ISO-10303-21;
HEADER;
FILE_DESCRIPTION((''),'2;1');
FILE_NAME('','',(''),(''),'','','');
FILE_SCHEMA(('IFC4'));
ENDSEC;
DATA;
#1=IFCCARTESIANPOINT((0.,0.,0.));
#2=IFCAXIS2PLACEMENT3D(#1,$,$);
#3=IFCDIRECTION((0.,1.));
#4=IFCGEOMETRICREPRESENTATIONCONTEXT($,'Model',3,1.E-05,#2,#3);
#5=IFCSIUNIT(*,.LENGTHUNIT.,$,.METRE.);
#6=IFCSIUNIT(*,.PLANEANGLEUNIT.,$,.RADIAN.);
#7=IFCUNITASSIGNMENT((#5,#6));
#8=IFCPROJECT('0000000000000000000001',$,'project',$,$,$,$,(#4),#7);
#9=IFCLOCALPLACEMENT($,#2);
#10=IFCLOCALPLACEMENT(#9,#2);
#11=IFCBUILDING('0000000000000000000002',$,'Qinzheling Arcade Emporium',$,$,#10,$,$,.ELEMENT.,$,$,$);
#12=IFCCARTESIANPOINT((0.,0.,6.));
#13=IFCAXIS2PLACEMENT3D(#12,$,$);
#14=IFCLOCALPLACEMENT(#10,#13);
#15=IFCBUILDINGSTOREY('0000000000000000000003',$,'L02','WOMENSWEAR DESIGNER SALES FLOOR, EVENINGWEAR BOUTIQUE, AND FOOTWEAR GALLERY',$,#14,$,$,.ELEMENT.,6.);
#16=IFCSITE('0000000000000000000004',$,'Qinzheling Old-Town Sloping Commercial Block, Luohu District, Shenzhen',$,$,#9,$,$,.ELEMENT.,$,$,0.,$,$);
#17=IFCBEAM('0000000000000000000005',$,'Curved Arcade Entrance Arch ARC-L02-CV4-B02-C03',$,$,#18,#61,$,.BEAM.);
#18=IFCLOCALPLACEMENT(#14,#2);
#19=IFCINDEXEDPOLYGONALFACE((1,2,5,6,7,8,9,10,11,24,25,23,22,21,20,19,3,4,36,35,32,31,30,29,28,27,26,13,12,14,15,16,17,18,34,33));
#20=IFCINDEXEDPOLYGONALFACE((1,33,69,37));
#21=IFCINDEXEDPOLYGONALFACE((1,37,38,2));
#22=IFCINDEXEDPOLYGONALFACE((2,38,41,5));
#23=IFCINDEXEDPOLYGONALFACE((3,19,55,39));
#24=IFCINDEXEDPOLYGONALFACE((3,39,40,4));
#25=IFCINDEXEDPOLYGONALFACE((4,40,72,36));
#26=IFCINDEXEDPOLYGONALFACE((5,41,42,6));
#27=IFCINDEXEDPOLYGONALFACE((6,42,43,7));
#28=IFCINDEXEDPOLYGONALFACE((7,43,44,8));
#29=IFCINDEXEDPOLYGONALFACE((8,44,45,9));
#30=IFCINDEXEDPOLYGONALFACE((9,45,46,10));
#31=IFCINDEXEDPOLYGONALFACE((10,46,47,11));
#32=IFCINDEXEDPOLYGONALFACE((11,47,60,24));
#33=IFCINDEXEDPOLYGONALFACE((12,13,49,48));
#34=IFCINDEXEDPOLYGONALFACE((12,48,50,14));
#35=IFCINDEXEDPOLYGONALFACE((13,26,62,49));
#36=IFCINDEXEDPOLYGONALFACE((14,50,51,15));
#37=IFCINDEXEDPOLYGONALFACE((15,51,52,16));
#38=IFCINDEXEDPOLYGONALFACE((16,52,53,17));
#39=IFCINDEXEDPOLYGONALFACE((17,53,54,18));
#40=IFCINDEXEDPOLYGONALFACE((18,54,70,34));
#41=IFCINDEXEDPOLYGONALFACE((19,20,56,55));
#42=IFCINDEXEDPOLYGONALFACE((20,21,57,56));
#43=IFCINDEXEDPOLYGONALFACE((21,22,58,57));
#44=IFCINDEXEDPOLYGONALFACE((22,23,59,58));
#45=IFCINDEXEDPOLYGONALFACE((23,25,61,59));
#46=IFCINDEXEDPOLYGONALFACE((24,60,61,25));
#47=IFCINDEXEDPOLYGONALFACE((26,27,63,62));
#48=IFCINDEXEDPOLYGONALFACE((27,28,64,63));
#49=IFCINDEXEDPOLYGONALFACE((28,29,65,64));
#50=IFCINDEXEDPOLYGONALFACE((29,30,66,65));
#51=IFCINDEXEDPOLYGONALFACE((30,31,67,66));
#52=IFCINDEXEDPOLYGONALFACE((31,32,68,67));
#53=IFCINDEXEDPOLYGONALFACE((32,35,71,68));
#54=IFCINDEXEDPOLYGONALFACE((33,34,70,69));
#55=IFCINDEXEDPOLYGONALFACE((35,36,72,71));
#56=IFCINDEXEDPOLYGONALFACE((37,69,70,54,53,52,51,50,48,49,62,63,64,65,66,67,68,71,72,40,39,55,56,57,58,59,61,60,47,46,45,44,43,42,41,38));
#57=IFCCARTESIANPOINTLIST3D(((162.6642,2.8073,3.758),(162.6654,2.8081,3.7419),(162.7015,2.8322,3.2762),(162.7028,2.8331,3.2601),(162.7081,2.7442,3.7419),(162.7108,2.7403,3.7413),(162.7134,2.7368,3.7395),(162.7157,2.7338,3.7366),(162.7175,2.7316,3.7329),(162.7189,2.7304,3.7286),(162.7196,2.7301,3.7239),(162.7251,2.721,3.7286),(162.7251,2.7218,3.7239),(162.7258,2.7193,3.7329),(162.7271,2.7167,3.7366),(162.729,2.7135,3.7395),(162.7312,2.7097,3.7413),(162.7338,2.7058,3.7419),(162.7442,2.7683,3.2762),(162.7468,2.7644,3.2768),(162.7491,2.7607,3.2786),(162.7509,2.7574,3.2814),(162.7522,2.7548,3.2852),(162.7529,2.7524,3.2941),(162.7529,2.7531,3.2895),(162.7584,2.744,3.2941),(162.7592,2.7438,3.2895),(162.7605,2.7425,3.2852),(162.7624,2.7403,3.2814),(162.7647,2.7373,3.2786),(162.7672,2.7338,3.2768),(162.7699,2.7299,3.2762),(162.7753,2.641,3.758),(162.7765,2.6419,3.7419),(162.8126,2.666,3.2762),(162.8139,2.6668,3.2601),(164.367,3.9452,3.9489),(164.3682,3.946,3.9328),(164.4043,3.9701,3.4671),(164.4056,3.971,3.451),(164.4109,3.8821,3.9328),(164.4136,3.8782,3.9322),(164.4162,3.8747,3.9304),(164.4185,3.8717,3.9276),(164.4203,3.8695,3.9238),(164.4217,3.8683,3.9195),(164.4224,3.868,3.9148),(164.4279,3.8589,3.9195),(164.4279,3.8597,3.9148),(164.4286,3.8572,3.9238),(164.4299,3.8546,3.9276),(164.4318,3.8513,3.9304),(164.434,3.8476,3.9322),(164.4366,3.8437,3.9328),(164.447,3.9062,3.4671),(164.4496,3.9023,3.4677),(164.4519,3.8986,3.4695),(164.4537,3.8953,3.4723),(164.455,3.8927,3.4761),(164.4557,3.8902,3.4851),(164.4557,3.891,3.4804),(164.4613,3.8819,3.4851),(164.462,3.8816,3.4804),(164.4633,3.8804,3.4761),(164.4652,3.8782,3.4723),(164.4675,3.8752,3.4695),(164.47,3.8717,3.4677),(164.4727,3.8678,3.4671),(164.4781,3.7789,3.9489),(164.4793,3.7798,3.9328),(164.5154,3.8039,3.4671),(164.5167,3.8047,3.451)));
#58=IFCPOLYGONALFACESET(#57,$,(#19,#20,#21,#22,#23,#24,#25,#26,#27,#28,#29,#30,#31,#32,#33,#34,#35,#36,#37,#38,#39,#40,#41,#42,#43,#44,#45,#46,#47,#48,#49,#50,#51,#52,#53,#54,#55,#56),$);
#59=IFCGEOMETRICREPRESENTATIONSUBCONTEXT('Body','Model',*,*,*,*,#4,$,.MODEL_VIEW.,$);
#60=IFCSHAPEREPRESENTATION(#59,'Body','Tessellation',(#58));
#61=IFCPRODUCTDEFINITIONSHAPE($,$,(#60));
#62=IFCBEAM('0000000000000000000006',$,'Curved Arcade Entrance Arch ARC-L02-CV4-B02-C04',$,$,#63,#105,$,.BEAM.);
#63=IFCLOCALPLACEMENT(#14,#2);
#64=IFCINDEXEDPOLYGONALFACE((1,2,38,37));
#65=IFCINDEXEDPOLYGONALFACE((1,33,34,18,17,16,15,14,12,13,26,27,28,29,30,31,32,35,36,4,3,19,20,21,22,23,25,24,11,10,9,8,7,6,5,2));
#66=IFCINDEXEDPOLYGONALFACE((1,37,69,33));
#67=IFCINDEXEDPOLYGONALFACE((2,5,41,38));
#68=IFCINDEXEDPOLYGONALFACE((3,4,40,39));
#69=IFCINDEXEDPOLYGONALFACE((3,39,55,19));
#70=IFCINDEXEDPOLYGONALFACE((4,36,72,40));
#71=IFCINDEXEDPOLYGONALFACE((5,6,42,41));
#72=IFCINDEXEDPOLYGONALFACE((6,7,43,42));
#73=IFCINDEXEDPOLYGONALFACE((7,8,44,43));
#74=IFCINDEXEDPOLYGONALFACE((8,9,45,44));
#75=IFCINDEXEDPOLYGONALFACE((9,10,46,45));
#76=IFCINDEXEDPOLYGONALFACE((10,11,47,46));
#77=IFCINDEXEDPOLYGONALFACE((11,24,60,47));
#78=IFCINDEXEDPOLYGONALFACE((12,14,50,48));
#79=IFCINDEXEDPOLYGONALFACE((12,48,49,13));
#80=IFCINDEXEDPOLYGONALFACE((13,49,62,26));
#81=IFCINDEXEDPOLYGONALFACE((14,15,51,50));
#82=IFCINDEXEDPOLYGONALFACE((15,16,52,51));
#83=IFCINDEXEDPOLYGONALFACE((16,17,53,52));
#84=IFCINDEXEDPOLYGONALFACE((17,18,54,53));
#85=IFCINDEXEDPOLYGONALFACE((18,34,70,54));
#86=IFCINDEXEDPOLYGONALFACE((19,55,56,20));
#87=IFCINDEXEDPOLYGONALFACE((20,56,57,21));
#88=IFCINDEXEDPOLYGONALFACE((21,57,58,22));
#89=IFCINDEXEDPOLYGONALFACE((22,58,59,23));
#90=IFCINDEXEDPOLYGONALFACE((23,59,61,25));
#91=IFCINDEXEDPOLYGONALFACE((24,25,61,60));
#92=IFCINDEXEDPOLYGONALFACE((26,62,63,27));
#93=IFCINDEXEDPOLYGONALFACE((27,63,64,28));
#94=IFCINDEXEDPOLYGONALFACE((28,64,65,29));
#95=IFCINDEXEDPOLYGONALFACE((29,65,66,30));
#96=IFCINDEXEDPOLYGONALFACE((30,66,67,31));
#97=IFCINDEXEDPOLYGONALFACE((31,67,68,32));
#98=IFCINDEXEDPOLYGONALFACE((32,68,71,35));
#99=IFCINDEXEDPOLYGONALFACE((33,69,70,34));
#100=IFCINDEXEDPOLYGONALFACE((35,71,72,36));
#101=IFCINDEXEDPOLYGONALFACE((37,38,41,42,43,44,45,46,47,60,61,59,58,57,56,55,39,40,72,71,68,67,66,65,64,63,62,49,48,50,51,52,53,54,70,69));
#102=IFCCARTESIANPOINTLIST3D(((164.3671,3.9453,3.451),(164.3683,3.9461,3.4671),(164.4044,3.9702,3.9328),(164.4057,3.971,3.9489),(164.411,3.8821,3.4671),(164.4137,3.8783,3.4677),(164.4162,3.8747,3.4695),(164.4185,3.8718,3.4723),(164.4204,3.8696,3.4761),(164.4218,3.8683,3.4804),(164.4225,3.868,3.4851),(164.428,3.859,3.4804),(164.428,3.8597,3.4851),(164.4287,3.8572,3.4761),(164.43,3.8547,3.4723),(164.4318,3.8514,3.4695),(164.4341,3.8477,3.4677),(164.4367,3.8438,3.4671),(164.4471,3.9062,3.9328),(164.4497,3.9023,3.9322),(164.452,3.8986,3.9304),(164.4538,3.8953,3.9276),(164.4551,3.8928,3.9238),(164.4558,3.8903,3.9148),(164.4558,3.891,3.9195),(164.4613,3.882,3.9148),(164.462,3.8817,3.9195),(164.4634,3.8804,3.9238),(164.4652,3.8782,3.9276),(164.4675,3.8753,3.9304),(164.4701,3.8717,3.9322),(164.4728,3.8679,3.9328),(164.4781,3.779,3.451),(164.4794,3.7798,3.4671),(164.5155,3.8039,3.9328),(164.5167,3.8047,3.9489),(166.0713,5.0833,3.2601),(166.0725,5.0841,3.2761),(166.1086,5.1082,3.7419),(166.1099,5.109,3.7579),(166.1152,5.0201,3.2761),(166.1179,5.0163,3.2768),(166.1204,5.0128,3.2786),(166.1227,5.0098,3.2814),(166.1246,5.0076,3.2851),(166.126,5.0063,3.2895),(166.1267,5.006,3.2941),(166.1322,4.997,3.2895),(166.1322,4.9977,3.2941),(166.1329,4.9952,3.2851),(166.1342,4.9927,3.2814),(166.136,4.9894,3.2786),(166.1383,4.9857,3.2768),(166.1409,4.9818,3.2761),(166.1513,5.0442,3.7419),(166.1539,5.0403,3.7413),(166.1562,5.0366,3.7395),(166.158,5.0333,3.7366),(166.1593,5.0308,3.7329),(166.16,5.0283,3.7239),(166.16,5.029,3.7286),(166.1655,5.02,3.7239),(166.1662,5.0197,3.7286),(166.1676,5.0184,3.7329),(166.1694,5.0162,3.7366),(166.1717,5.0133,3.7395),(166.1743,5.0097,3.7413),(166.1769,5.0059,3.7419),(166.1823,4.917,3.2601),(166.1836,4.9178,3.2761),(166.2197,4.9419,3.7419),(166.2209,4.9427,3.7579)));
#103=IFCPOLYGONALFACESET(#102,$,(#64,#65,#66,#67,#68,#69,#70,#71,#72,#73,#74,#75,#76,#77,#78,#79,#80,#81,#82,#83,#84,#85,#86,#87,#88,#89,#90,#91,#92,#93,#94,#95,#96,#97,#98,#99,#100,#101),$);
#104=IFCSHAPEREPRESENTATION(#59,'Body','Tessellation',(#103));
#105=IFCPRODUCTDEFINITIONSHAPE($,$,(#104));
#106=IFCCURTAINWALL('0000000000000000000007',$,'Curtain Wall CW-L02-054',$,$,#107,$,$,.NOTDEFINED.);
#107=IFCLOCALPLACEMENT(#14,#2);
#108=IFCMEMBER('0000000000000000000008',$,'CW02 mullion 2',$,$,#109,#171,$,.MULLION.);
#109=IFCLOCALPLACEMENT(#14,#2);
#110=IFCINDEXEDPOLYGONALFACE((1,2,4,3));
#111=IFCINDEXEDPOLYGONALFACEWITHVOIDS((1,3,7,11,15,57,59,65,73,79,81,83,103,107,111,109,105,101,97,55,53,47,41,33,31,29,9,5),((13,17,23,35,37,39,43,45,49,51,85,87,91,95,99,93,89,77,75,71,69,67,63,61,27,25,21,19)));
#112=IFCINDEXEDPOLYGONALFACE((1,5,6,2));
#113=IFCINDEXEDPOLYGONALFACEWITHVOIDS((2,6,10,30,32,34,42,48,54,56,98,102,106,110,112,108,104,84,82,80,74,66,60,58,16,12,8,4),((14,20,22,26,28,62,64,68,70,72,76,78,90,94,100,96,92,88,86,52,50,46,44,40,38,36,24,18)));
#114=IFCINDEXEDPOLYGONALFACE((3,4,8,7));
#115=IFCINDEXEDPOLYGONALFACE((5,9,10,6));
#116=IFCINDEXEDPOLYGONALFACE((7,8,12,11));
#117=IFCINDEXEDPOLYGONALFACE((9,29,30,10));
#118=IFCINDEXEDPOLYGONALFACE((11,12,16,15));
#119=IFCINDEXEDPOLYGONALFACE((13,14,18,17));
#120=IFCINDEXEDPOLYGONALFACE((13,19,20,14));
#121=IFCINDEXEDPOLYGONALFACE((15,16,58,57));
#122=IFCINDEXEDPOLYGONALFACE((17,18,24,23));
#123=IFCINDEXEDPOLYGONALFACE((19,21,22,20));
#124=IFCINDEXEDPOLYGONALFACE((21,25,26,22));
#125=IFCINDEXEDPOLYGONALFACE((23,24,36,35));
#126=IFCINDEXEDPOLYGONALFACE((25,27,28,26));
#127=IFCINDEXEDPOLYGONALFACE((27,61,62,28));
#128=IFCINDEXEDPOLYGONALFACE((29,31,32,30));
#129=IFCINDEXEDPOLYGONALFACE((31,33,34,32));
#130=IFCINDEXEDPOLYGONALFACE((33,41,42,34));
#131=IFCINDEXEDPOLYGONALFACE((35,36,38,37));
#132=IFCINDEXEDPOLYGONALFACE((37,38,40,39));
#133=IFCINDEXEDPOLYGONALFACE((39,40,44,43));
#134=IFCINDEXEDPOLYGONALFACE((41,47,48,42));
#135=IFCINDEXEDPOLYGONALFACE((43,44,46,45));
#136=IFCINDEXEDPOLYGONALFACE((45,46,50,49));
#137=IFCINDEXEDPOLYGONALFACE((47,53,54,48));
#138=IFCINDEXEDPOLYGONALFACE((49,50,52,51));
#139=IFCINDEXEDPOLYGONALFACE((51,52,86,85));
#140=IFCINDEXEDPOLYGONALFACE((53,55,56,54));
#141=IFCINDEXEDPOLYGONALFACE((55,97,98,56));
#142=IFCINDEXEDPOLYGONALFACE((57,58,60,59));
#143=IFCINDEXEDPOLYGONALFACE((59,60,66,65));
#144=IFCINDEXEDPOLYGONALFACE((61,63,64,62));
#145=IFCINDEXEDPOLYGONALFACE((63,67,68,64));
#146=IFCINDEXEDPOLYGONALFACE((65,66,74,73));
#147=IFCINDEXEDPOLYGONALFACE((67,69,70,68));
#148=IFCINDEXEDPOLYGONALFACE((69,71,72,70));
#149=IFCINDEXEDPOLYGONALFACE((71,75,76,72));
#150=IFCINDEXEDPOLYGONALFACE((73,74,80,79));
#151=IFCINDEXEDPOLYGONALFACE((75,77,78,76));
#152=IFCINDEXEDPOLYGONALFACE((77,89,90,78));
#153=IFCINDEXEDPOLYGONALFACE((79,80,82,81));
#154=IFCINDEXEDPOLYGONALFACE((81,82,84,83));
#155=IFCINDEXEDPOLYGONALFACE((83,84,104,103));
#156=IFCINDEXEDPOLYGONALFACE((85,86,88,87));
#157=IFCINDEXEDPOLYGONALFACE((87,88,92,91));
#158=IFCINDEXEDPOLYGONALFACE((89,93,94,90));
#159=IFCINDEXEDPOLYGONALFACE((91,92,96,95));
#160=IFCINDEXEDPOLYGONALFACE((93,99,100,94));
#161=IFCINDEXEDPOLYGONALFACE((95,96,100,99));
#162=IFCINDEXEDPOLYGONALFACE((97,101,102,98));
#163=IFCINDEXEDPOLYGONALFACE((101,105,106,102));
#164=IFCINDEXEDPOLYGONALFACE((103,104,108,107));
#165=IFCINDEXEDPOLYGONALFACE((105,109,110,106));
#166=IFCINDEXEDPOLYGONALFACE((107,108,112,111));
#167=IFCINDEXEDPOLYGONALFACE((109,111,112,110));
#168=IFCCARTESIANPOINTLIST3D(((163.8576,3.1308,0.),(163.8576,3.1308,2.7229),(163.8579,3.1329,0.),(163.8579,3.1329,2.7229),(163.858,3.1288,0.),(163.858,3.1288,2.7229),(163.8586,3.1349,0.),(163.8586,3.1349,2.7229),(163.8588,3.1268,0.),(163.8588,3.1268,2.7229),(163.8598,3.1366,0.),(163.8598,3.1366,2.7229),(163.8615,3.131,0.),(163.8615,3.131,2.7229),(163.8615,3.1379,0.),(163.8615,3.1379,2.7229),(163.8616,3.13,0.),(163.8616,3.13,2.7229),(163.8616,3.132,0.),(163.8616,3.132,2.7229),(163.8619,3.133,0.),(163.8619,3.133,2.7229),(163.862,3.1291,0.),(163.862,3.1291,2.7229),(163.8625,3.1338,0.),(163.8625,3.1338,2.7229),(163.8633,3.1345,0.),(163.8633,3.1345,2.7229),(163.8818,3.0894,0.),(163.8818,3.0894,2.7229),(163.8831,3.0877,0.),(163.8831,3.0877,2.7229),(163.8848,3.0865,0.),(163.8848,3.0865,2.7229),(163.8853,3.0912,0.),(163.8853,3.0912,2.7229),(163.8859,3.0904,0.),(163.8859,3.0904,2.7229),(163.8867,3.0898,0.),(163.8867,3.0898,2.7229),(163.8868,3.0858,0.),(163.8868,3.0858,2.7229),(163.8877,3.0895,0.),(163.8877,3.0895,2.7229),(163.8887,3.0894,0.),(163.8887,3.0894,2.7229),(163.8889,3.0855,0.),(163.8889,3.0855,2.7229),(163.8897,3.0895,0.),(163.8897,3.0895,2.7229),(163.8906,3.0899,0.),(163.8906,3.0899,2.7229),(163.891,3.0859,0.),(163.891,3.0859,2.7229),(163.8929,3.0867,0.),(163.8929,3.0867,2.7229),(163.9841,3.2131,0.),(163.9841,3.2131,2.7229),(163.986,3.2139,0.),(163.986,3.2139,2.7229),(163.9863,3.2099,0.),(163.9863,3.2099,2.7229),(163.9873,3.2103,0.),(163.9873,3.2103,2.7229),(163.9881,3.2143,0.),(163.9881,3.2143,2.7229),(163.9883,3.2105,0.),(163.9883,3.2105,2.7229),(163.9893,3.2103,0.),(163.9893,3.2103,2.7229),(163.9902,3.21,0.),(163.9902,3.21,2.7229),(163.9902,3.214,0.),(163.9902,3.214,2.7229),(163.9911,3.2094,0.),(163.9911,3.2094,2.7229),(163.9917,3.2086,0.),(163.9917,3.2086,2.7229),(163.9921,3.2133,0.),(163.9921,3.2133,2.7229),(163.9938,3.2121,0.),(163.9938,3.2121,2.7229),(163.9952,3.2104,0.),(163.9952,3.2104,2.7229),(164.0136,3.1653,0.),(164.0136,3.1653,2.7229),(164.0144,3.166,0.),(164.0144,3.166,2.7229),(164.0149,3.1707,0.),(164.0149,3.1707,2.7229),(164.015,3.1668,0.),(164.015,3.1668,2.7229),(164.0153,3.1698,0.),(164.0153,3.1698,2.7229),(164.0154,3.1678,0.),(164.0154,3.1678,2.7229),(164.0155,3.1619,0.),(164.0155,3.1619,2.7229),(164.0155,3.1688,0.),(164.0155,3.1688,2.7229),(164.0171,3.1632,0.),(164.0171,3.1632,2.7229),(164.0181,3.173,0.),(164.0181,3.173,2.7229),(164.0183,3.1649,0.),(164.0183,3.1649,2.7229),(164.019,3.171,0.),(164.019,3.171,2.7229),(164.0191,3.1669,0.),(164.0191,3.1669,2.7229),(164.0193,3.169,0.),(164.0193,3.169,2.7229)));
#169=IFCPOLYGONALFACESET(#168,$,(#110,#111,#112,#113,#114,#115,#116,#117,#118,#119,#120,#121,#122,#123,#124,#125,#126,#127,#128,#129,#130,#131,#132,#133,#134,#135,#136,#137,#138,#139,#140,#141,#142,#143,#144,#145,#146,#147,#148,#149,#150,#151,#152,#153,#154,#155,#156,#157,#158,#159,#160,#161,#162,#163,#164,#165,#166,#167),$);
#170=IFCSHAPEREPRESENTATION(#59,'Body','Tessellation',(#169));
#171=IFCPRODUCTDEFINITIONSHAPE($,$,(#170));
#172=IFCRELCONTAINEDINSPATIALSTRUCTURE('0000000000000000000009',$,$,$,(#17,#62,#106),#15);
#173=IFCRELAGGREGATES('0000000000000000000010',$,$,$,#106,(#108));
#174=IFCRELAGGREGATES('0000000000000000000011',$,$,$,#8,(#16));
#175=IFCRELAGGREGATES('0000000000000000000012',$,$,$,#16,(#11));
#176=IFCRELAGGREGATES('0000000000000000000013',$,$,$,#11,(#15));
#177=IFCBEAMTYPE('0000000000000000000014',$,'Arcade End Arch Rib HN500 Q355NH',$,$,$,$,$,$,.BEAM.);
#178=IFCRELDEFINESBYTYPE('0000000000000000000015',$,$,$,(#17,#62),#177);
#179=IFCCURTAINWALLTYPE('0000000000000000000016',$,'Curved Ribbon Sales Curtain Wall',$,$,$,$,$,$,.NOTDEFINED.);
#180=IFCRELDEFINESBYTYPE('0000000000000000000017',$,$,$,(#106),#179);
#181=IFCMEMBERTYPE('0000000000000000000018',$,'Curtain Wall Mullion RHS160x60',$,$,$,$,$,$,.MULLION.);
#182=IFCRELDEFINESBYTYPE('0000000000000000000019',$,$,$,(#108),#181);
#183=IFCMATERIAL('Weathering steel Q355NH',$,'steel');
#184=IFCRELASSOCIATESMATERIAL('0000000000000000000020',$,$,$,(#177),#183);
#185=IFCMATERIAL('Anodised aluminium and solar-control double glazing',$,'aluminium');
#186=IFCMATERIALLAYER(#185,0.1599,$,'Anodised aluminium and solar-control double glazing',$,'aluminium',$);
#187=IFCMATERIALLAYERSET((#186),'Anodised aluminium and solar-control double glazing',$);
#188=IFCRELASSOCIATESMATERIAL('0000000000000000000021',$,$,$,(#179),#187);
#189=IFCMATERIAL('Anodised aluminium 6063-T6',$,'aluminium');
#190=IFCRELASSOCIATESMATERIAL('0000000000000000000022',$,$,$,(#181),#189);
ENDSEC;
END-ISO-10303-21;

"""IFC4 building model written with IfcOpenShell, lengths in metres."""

from ifc_helpers import new_model, si_unit, direction, frame, origin, origin_2d, place, context, subcontext, project, spatial, hollow_rectangle, i_section, extrude, material, layer, layer_set, material_profile, profile_set, type_object, element, aggregate, save


model = new_model("IFC4")

# Units and contexts
model_context = context("Model", 3, precision=1e-05, world=origin(), true_north=direction((0.0, 1.0)))
body_context = subcontext(model_context, "Body", "Model", "MODEL_VIEW")
ifc_project = project(units=[si_unit("LENGTHUNIT", "METRE"), si_unit("PLANEANGLEUNIT", "RADIAN")], contexts=[model_context])

# Site, building, storey
site_placement = place(None, origin())
site = spatial("IfcSite", under=ifc_project, at=site_placement, Name="Qinzheling Old-Town Sloping Commercial Block, Luohu District, Shenzhen", CompositionType="ELEMENT", RefElevation=0.0)
building_placement = place(site_placement, origin())
building = spatial("IfcBuilding", under=site, at=building_placement, Name="Qinzheling Arcade Emporium", CompositionType="ELEMENT")
storey_placement = place(building_placement, frame((0.0, 0.0, 6.0)))
storey = spatial("IfcBuildingStorey", under=building, at=storey_placement, Name="L02", Description="WOMENSWEAR DESIGNER SALES FLOOR, EVENINGWEAR BOUTIQUE, AND FOOTWEAR GALLERY", CompositionType="ELEMENT", Elevation=6.0)

# Beams
ifc_material_1 = material(Name="Weathering steel Q355NH", Category="steel")
ifc_material_profile_1 = material_profile(ifc_material_1, i_section(OverallWidth=0.2, OverallDepth=0.5, WebThickness=0.01, FlangeThickness=0.0161, FilletRadius=0.0181, at=origin_2d()), Name="HN 500x200x10x16", Category="steel")
ifc_profile_set_1 = profile_set([ifc_material_profile_1], Name="Weathering steel Q355NH")
beam_type_1 = type_object("IfcBeamType", Name="Arcade End Arch Rib HN500 Q355NH", PredefinedType="BEAM", material=ifc_profile_set_1)
beam_1_placement = place(storey_placement, frame((162.739, 2.7371, 3.509), z_axis=(0.827856, 0.553209, 0.092815), x_axis=(-0.555608, 0.831445, 0.0)))
element("IfcBeam", 1, at=beam_1_placement, inside=storey, type_object=beam_type_1, Name="Curved Arcade Entrance Arch ARC-L02-CV4-B02-C03", PredefinedType="BEAM", context=body_context, shape_type="SweptSolid", body=[
    extrude(i_section(OverallWidth=0.2, OverallDepth=0.5, WebThickness=0.01, FlangeThickness=0.0161, FilletRadius=0.0181, at=origin_2d()), origin(), (0.0, 0.0, 1.0), 2.0569),
])
beam_2_placement = place(storey_placement, frame((164.4419, 3.875, 3.7), z_axis=(0.828042, 0.552938, -0.092769), x_axis=(-0.555332, 0.831628, 0.0)))
element("IfcBeam", 2, at=beam_2_placement, inside=storey, type_object=beam_type_1, Name="Curved Arcade Entrance Arch ARC-L02-CV4-B02-C04", PredefinedType="BEAM", context=body_context, shape_type="SweptSolid", body=[
    extrude(i_section(OverallWidth=0.2, OverallDepth=0.5, WebThickness=0.01, FlangeThickness=0.0161, FilletRadius=0.0181, at=origin_2d()), origin(), (0.0, 0.0, 1.0), 2.0581),
])

# Curtain wall, member
ifc_material_2 = material(Name="Anodised aluminium and solar-control double glazing", Category="aluminium")
ifc_layer_1 = layer(ifc_material_2, 0.1599, Name="Anodised aluminium and solar-control double glazing", Category="aluminium")
ifc_layer_set_1 = layer_set([ifc_layer_1], Name="Anodised aluminium and solar-control double glazing")
curtain_wall_type = type_object("IfcCurtainWallType", Name="Curved Ribbon Sales Curtain Wall", PredefinedType="NOTDEFINED", material=ifc_layer_set_1)
curtain_wall_1_placement = place(storey_placement, origin())
curtain_wall_1 = element("IfcCurtainWall", 3, at=curtain_wall_1_placement, inside=storey, type_object=curtain_wall_type, Name="Curtain Wall CW-L02-054", PredefinedType="NOTDEFINED")
ifc_material_3 = material(Name="Anodised aluminium 6063-T6", Category="aluminium")
ifc_material_profile_2 = material_profile(ifc_material_3, hollow_rectangle(XDim=0.0601, YDim=0.1599, WallThickness=0.0039, InnerFilletRadius=0.0039, OuterFilletRadius=0.0081, at=origin_2d()), Name="RHS 160x60x4", Category="aluminium")
ifc_profile_set_2 = profile_set([ifc_material_profile_2], Name="Anodised aluminium 6063-T6")
member_type_1 = type_object("IfcMemberType", Name="Curtain Wall Mullion RHS160x60", PredefinedType="MULLION", material=ifc_profile_set_2)
member_1_placement = place(storey_placement, frame((163.9385, 3.1499, 0.0), z_axis=(0.0, 0.0, 1.0), x_axis=(0.52264, -0.852553, 0.0)))
member_1 = element("IfcMember", 4, at=member_1_placement, type_object=member_type_1, Name="CW02 mullion 2", PredefinedType="MULLION", context=body_context, shape_type="SweptSolid", body=[
    extrude(hollow_rectangle(XDim=0.0601, YDim=0.1599, WallThickness=0.0039, InnerFilletRadius=0.0039, OuterFilletRadius=0.0081, at=origin_2d()), origin(), (0.0, 0.0, 1.0), 2.7229),
])

aggregate(curtain_wall_1, [member_1])

save(model, "model.ifc")
